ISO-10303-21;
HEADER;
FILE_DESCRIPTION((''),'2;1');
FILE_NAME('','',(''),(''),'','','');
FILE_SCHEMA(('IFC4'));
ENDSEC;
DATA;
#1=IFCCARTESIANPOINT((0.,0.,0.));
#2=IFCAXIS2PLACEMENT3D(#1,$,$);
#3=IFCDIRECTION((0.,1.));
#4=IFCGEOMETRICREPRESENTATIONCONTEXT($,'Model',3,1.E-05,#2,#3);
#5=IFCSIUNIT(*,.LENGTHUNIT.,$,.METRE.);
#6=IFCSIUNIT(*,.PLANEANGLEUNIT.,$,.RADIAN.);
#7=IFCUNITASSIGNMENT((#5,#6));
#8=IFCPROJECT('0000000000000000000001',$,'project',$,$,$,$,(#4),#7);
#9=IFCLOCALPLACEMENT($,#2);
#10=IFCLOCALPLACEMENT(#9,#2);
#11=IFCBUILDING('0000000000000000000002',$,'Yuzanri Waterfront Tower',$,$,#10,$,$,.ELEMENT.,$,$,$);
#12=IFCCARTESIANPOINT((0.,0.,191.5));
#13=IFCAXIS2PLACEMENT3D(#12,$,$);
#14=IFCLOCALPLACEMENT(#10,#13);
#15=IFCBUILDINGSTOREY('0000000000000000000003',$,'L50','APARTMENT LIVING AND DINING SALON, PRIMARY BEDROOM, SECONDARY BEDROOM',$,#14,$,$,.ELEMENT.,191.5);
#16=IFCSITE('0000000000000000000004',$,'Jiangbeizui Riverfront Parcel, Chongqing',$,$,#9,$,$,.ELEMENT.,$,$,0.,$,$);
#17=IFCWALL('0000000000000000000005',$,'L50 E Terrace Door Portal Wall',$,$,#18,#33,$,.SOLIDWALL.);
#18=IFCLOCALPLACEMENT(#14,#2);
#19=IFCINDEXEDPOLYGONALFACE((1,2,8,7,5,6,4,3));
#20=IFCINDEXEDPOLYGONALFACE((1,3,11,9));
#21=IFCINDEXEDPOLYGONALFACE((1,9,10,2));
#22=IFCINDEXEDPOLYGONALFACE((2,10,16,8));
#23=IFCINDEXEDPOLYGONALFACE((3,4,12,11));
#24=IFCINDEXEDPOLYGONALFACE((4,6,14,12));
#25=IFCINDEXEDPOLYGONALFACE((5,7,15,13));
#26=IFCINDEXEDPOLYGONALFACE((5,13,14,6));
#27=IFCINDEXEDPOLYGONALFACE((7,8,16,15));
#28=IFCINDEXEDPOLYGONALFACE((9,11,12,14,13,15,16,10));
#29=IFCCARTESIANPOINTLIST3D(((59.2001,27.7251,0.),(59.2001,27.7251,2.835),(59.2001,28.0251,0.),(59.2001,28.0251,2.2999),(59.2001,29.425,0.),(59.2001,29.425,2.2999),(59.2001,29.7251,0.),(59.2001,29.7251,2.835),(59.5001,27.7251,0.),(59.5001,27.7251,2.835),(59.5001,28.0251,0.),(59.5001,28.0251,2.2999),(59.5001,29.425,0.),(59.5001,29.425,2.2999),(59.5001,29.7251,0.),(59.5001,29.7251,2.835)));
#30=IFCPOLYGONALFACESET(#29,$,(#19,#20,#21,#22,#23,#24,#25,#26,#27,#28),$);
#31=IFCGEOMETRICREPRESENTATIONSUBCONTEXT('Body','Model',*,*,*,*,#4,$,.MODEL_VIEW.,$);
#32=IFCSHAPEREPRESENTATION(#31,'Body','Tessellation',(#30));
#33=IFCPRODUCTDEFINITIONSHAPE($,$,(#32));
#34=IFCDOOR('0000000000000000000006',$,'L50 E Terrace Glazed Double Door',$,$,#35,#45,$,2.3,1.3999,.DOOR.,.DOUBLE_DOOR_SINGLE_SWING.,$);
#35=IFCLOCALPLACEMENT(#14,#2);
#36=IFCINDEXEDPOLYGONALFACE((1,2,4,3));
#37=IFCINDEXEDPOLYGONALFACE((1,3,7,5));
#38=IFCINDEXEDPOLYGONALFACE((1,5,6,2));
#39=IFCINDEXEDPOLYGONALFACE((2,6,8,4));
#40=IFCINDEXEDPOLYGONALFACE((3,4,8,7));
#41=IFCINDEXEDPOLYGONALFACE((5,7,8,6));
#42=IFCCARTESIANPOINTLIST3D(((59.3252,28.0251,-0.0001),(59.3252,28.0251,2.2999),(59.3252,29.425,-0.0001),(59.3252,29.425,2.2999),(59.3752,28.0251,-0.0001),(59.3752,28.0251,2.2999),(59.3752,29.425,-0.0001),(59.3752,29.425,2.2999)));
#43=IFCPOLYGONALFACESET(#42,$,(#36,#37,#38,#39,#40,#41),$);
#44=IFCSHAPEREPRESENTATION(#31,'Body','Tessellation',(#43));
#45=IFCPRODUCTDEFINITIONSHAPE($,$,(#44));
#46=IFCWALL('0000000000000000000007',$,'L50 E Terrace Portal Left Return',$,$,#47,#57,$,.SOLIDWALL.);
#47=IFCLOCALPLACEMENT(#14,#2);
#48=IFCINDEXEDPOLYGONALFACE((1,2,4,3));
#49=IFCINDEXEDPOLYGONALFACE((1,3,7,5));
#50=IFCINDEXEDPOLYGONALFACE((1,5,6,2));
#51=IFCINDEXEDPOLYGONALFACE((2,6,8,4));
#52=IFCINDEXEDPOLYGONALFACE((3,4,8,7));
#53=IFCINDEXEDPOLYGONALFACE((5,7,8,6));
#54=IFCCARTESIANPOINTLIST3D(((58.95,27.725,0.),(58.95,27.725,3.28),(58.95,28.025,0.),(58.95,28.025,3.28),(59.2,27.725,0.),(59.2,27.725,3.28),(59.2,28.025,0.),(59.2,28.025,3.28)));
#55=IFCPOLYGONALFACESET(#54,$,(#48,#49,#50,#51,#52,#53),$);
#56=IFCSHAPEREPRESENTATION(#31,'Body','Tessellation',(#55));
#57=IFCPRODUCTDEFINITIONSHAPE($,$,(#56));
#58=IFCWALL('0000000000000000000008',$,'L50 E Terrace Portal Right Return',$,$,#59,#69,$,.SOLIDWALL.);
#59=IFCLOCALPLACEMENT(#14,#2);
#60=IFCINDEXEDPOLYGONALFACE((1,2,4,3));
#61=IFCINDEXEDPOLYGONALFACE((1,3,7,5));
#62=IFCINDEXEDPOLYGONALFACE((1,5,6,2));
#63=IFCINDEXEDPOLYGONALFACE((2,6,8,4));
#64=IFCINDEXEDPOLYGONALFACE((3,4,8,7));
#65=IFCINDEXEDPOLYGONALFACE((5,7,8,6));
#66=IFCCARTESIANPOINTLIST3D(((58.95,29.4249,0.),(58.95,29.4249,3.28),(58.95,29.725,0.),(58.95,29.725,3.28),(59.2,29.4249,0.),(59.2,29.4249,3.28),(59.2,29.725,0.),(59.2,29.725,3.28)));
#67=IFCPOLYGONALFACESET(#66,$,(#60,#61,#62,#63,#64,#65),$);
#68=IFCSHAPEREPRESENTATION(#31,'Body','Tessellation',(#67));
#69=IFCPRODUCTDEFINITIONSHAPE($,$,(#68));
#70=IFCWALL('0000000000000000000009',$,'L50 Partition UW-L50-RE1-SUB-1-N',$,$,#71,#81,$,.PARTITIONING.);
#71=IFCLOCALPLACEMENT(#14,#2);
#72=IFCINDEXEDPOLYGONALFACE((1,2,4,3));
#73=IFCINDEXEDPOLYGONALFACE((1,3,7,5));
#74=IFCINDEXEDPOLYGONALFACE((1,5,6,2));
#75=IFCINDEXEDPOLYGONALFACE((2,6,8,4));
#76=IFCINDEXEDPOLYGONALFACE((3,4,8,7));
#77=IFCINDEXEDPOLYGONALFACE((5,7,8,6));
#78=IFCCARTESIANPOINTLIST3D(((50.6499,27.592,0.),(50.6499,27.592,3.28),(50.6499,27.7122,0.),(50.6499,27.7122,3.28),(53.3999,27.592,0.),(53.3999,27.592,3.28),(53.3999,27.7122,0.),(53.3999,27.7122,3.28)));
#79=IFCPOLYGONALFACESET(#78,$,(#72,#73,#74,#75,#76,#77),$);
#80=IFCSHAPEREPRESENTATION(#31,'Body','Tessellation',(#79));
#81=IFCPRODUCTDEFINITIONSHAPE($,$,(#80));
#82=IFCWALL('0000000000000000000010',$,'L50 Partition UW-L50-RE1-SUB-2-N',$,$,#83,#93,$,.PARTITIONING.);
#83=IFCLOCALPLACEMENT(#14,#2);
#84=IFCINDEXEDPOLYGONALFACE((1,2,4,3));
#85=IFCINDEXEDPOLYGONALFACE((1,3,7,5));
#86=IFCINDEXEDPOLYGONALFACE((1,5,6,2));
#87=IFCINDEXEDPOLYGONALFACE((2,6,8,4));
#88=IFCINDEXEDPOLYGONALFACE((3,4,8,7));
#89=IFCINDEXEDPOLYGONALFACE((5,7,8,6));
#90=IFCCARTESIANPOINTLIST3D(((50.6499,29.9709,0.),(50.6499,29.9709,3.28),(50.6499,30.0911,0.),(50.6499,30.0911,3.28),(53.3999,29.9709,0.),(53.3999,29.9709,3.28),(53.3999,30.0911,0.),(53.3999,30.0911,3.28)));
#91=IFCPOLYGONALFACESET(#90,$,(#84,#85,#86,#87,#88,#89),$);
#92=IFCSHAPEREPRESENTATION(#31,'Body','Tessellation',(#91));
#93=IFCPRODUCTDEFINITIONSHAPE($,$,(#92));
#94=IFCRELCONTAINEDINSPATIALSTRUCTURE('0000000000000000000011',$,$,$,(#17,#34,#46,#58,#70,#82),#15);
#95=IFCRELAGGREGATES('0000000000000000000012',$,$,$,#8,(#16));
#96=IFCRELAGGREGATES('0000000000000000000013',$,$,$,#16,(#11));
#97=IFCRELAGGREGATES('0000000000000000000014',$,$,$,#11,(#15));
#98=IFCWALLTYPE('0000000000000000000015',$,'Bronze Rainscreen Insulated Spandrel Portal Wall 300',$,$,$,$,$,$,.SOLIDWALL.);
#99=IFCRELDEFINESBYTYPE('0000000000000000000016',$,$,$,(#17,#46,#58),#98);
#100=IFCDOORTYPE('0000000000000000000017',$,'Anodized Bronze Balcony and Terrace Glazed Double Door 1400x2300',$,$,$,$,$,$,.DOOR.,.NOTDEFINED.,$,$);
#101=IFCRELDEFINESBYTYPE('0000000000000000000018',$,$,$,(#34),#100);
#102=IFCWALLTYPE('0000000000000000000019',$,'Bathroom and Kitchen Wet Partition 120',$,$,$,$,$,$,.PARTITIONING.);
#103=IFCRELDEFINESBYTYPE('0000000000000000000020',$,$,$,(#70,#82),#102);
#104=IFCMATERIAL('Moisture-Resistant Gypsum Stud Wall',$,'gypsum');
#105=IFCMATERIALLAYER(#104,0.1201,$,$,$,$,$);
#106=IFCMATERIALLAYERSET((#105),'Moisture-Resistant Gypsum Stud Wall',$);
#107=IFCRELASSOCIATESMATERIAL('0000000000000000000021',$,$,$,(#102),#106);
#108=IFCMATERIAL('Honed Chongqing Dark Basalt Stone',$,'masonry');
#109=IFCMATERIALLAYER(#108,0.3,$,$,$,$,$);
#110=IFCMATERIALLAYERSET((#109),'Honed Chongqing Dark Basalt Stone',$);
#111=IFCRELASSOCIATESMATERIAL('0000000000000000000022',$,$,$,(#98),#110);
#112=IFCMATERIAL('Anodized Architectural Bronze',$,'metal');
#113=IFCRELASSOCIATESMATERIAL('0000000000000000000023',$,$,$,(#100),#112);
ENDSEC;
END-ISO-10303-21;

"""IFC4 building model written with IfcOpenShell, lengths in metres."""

from ifc_helpers import new_model, si_unit, direction, frame, frame_2d, origin, place, context, subcontext, project, spatial, rectangle, extrude, source, transform, mapped, material, layer, layer_set, type_object, element, fill, save


model = new_model("IFC4")

# Units and contexts
model_context = context("Model", 3, precision=1e-05, world=origin(), true_north=direction((0.0, 1.0)))
body_context = subcontext(model_context, "Body", "Model", "MODEL_VIEW")
ifc_project = project(units=[si_unit("LENGTHUNIT", "METRE"), si_unit("PLANEANGLEUNIT", "RADIAN")], contexts=[model_context])

# Site, building, storey
site_placement = place(None, origin())
site = spatial("IfcSite", under=ifc_project, at=site_placement, Name="Jiangbeizui Riverfront Parcel, Chongqing", CompositionType="ELEMENT", RefElevation=0.0)
building_placement = place(site_placement, origin())
building = spatial("IfcBuilding", under=site, at=building_placement, Name="Yuzanri Waterfront Tower", CompositionType="ELEMENT")
storey_placement = place(building_placement, frame((0.0, 0.0, 191.5)))
storey = spatial("IfcBuildingStorey", under=building, at=storey_placement, Name="L50", Description="APARTMENT LIVING AND DINING SALON, PRIMARY BEDROOM, SECONDARY BEDROOM", CompositionType="ELEMENT", Elevation=191.5)

# Wall, opening, door
ifc_material_1 = material(Name="Moisture-Resistant Gypsum Stud Wall", Category="gypsum")
ifc_layer_1 = layer(ifc_material_1, 0.1201)
ifc_layer_set_1 = layer_set([ifc_layer_1], Name="Moisture-Resistant Gypsum Stud Wall")
wall_type_1 = type_object("IfcWallType", Name="Bathroom and Kitchen Wet Partition 120", PredefinedType="PARTITIONING", material=ifc_layer_set_1)
ifc_material_2 = material(Name="Honed Chongqing Dark Basalt Stone", Category="masonry")
ifc_layer_2 = layer(ifc_material_2, 0.3)
ifc_layer_set_2 = layer_set([ifc_layer_2], Name="Honed Chongqing Dark Basalt Stone")
wall_type_2 = type_object("IfcWallType", Name="Bronze Rainscreen Insulated Spandrel Portal Wall 300", PredefinedType="SOLIDWALL", material=ifc_layer_set_2)
wall_1_placement = place(storey_placement, frame((59.3501, 27.7251, 0.0), z_axis=(0.0, 0.0, 1.0), x_axis=(0.0, 1.0, 0.0)))
wall_1 = element("IfcWall", 1, at=wall_1_placement, inside=storey, type_object=wall_type_2, Name="L50 E Terrace Door Portal Wall", PredefinedType="SOLIDWALL", context=body_context, shape_type="SweptSolid", body=[
    extrude(rectangle(XDim=2.0, YDim=0.3, at=frame_2d((1.0, 0.0))), origin(), (0.0, 0.0, 1.0), 2.835),
])
opening_1_placement = place(wall_1_placement, frame((0.3, 0.0, 0.0)))
opening_1 = element("IfcOpeningElement", 2, at=opening_1_placement, cuts=wall_1, PredefinedType="OPENING", context=body_context, shape_type="SweptSolid", body=[
    extrude(rectangle(XDim=1.3999, YDim=2.3, at=frame_2d((0.7, 1.1499))), frame((0.0, 0.165, 0.0), z_axis=(0.0, -1.0, 0.0), x_axis=(1.0, 0.0, 0.0)), (0.0, 0.0, 1.0), 0.3298),
])
ifc_material_3 = material(Name="Anodized Architectural Bronze", Category="metal")
door_type_1 = type_object("IfcDoorType", Name="Anodized Bronze Balcony and Terrace Glazed Double Door 1400x2300", OperationType="NOTDEFINED", PredefinedType="DOOR", material=ifc_material_3)
shared_shape_1 = source(origin(), body_context, "Body", "SweptSolid", [
    extrude(rectangle(XDim=1.3999, YDim=2.3, at=frame_2d((0.7, 1.1499))), frame((0.0, 0.0249, 0.0), z_axis=(0.0, -1.0, 0.0), x_axis=(1.0, 0.0, 0.0)), (0.0, 0.0, 1.0), 0.05),
])
door_1_placement = place(opening_1_placement, origin())
door_1 = element("IfcDoor", 3, at=door_1_placement, inside=storey, type_object=door_type_1, Name="L50 E Terrace Glazed Double Door", OperationType="DOUBLE_DOOR_SINGLE_SWING", OverallHeight=2.3, OverallWidth=1.3999, PredefinedType="DOOR", context=body_context, shape_type="MappedRepresentation", body=[
    mapped(shared_shape_1, transform((0.0, 0.0, 0.0), scale=1.0)),
])
fill(opening_1, door_1)

# Walls
shared_shape_2 = source(origin(), body_context, "Body", "SweptSolid", [
    extrude(rectangle(XDim=0.25, YDim=0.3, at=frame_2d((0.125, 0.0))), origin(), (0.0, 0.0, 1.0), 3.28),
])
for number, where, z_axis, x_axis, name in (
    (4, (58.95, 27.875, 0.0), (0.0, 0.0, 1.0), (1.0, 0.0, 0.0), "L50 E Terrace Portal Left Return"),
    (5, (59.2, 29.575, 0.0), (0.0, 0.0, 1.0), (-1.0, 0.0, 0.0), "L50 E Terrace Portal Right Return"),
):
    element("IfcWall", number, at=place(storey_placement, frame(where, z_axis=z_axis, x_axis=x_axis)), inside=storey, type_object=wall_type_2, Name=name, PredefinedType="SOLIDWALL", context=body_context, shape_type="MappedRepresentation", body=[
        mapped(shared_shape_2, transform((0.0, 0.0, 0.0), scale=1.0)),
    ])
shared_shape_3 = source(origin(), body_context, "Body", "SweptSolid", [
    extrude(rectangle(XDim=2.75, YDim=0.1201, at=frame_2d((1.375, 0.0))), origin(), (0.0, 0.0, 1.0), 3.28),
])
for number, where, z_axis, x_axis, name in (
    (6, (50.6499, 27.6521, 0.0), (0.0, 0.0, 1.0), (1.0, 0.0, 0.0), "L50 Partition UW-L50-RE1-SUB-1-N"),
    (7, (50.6499, 30.031, 0.0), (0.0, 0.0, 1.0), (1.0, 0.0, 0.0), "L50 Partition UW-L50-RE1-SUB-2-N"),
):
    element("IfcWall", number, at=place(storey_placement, frame(where, z_axis=z_axis, x_axis=x_axis)), inside=storey, type_object=wall_type_1, Name=name, PredefinedType="PARTITIONING", context=body_context, shape_type="MappedRepresentation", body=[
        mapped(shared_shape_3, transform((0.0, 0.0, 0.0), scale=1.0)),
    ])

save(model, "model.ifc")
